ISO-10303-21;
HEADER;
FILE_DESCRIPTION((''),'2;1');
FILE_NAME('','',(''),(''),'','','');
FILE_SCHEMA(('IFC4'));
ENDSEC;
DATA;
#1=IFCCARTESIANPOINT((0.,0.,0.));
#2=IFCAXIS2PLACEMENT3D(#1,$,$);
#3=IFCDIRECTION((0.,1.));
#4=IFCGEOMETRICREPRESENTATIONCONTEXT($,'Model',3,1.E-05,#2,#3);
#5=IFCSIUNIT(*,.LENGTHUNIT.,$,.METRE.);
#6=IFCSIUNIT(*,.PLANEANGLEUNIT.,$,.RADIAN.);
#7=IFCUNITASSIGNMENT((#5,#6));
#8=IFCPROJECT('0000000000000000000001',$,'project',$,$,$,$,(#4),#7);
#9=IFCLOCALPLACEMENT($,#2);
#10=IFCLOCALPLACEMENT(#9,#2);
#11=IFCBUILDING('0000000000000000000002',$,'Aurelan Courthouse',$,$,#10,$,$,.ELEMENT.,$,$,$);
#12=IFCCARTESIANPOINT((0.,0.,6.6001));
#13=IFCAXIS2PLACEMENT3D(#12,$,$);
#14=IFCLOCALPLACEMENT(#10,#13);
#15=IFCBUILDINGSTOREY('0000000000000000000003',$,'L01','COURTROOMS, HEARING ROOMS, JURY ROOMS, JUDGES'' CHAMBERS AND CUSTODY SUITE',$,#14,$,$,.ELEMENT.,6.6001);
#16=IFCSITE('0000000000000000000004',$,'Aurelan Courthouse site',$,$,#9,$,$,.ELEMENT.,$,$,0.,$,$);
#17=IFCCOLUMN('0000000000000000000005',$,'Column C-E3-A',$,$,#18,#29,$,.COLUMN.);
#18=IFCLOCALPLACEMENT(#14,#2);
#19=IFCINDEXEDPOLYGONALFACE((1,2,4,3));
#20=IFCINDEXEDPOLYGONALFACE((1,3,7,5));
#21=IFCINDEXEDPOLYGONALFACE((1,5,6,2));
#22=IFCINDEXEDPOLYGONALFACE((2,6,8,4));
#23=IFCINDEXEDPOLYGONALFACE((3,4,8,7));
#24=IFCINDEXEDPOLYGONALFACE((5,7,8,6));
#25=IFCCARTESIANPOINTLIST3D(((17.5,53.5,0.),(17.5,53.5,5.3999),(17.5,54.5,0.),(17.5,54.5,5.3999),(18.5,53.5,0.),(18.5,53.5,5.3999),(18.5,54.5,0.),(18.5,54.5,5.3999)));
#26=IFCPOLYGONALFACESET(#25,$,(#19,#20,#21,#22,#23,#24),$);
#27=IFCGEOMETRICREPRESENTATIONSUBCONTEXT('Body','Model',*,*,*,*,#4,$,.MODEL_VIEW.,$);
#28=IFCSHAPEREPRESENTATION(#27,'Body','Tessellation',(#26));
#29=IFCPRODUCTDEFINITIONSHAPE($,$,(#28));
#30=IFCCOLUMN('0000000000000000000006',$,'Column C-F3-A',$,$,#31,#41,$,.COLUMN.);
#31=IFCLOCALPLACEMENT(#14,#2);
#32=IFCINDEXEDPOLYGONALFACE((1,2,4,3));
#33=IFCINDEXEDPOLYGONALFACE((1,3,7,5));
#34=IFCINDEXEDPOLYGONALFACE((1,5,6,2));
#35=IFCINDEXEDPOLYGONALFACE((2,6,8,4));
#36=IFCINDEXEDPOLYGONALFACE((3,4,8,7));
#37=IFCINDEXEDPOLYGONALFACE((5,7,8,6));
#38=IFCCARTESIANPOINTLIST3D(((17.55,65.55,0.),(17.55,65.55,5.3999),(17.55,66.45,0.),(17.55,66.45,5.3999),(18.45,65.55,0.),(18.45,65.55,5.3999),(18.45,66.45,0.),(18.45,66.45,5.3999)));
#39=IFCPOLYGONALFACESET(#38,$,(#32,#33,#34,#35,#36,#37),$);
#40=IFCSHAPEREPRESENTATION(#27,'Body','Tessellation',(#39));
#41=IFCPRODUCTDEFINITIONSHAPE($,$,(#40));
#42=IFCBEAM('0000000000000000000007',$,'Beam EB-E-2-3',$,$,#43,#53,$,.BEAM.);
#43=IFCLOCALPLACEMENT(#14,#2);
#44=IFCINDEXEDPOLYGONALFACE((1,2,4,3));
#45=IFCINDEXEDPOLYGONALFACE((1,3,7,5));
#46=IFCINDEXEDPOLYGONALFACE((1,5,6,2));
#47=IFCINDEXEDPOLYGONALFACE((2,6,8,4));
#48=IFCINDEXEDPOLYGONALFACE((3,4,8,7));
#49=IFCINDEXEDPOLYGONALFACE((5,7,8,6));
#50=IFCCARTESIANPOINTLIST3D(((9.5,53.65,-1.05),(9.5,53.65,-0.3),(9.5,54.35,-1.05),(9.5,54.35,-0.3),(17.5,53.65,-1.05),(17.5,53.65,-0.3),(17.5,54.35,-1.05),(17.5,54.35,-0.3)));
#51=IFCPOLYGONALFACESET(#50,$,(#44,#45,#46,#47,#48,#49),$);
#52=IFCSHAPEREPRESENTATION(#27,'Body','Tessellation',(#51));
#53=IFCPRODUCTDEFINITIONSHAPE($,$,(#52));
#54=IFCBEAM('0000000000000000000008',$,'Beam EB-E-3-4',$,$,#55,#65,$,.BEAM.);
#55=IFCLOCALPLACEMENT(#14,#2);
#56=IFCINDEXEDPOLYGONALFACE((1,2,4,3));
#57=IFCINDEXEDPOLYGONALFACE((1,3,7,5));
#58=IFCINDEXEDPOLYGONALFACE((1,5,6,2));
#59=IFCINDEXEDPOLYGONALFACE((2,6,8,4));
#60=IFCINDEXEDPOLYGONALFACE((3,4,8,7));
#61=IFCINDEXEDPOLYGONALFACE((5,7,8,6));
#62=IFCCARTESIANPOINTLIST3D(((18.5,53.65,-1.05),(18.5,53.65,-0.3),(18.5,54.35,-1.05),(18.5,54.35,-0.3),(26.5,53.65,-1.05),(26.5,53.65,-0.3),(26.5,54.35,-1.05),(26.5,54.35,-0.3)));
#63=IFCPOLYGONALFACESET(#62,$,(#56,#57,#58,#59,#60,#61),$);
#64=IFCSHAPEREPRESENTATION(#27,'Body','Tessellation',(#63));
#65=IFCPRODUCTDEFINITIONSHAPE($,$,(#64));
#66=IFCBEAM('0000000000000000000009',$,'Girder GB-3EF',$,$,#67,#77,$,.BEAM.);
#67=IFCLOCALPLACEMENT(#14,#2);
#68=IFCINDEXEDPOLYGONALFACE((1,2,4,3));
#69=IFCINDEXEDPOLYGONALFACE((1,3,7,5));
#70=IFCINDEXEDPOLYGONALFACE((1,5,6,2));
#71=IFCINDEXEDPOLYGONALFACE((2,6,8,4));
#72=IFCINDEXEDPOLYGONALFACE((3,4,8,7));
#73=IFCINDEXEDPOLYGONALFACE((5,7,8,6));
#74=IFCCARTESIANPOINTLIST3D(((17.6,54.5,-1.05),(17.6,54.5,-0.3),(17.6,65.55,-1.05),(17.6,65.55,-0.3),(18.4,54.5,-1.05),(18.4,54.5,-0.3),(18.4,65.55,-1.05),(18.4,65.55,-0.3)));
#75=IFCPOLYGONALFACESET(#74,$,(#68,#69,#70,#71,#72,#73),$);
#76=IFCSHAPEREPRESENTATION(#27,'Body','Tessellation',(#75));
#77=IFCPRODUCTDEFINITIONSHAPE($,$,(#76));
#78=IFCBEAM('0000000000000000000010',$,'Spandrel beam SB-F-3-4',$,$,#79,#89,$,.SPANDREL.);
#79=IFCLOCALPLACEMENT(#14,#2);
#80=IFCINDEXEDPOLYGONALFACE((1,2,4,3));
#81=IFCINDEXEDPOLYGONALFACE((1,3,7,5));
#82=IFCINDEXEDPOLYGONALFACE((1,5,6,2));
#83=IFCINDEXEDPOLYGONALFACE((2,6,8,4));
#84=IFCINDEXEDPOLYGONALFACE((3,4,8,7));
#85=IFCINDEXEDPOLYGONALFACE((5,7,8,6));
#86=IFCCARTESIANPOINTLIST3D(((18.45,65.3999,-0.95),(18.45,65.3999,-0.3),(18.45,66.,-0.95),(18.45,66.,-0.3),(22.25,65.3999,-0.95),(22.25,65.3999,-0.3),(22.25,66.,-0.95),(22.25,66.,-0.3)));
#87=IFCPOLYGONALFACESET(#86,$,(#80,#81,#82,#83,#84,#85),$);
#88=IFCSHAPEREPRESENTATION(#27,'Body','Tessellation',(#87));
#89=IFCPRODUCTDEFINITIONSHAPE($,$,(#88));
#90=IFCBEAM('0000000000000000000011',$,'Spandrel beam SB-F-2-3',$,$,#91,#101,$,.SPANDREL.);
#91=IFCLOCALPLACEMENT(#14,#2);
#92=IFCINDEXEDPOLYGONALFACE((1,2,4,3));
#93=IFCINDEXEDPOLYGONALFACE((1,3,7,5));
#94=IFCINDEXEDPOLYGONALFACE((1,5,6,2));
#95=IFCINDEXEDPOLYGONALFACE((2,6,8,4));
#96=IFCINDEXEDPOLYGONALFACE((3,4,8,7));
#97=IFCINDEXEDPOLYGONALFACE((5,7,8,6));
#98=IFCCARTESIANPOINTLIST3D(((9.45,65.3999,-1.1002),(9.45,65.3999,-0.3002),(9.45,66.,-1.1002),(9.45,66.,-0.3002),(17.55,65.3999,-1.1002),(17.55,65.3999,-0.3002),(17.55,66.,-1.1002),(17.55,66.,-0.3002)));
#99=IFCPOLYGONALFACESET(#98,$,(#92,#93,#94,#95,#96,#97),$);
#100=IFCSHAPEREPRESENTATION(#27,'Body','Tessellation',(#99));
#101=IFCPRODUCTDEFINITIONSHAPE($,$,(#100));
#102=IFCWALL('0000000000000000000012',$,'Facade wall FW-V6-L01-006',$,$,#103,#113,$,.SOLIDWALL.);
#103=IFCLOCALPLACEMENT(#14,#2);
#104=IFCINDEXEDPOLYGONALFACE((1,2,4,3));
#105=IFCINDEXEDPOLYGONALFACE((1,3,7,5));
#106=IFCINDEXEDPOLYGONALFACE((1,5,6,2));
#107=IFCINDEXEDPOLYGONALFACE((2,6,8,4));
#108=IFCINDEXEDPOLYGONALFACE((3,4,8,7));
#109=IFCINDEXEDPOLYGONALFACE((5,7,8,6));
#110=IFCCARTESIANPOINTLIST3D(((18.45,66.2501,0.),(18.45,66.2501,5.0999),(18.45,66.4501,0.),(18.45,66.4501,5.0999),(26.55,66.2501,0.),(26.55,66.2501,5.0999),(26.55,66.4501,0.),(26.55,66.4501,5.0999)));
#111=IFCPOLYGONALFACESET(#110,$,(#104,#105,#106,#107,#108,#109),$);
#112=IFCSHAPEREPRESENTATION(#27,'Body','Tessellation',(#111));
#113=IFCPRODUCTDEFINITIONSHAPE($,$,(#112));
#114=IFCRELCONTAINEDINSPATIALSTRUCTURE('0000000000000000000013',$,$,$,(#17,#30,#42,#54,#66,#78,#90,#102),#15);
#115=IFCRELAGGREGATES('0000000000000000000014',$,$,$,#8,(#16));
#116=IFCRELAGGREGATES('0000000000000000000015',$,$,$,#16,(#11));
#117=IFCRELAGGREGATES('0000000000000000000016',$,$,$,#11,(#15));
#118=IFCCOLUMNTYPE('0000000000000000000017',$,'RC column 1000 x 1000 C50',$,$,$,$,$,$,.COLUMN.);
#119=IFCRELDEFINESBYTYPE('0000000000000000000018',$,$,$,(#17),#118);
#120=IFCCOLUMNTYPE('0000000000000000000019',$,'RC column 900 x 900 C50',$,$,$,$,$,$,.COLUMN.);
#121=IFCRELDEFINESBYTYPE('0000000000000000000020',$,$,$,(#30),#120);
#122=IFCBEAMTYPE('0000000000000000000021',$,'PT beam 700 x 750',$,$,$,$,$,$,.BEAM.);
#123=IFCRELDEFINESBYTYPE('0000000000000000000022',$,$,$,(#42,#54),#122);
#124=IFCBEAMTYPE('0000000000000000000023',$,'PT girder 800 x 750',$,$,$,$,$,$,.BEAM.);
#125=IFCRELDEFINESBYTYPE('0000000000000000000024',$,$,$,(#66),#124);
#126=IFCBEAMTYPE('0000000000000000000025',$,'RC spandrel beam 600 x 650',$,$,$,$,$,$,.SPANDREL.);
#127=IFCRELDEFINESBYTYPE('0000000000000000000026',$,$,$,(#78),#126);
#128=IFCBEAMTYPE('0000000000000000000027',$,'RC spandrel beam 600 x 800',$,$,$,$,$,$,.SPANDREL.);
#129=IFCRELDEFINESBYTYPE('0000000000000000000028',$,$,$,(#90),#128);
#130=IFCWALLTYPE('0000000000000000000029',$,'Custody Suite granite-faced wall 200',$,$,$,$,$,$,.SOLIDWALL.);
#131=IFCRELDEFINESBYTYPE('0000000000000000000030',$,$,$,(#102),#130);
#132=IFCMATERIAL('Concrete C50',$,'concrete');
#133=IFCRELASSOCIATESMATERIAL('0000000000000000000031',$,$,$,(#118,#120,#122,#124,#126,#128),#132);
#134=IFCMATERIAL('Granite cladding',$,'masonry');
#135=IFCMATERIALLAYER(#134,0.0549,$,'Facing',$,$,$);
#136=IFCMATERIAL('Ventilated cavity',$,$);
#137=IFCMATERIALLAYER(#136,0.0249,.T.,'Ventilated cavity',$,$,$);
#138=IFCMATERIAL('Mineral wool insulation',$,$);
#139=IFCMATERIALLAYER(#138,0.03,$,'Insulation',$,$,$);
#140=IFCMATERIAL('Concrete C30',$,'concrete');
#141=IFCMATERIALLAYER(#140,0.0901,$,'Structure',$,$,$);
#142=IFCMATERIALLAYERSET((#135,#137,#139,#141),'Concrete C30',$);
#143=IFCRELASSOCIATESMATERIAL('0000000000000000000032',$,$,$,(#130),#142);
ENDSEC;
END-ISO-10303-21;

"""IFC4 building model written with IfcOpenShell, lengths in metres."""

from ifc_helpers import new_model, si_unit, direction, frame, frame_2d, origin, origin_2d, place, context, subcontext, project, spatial, rectangle, extrude, material, layer, layer_set, material_profile, profile_set, type_object, element, save


model = new_model("IFC4")

# Units and contexts
model_context = context("Model", 3, precision=1e-05, world=origin(), true_north=direction((0.0, 1.0)))
body_context = subcontext(model_context, "Body", "Model", "MODEL_VIEW")
ifc_project = project(units=[si_unit("LENGTHUNIT", "METRE"), si_unit("PLANEANGLEUNIT", "RADIAN")], contexts=[model_context])

# Site, building, storey
site_placement = place(None, origin())
site = spatial("IfcSite", under=ifc_project, at=site_placement, Name="Aurelan Courthouse site", CompositionType="ELEMENT", RefElevation=0.0)
building_placement = place(site_placement, origin())
building = spatial("IfcBuilding", under=site, at=building_placement, Name="Aurelan Courthouse", CompositionType="ELEMENT")
storey_placement = place(building_placement, frame((0.0, 0.0, 6.6001)))
storey = spatial("IfcBuildingStorey", under=building, at=storey_placement, Name="L01", Description="COURTROOMS, HEARING ROOMS, JURY ROOMS, JUDGES' CHAMBERS AND CUSTODY SUITE", CompositionType="ELEMENT", Elevation=6.6001)

# Columns
ifc_material_1 = material(Name="Concrete C50", Category="concrete")
ifc_material_profile_1 = material_profile(ifc_material_1, rectangle(XDim=1.0, YDim=1.0, at=origin_2d()), Name="RC 1000 x 1000")
ifc_profile_set_1 = profile_set([ifc_material_profile_1], Name="Concrete C50")
column_type_1 = type_object("IfcColumnType", Name="RC column 1000 x 1000 C50", PredefinedType="COLUMN", material=ifc_profile_set_1)
column_1_placement = place(storey_placement, frame((18.0, 54.0, 0.0), z_axis=(0.0, 0.0, 1.0), x_axis=(1.0, 0.0, 0.0)))
element("IfcColumn", 1, at=column_1_placement, inside=storey, type_object=column_type_1, Name="Column C-E3-A", PredefinedType="COLUMN", context=body_context, shape_type="SweptSolid", body=[
    extrude(rectangle(XDim=1.0, YDim=1.0, at=origin_2d()), origin(), (0.0, 0.0, 1.0), 5.3999),
])
ifc_material_profile_2 = material_profile(ifc_material_1, rectangle(XDim=0.8999, YDim=0.8999, at=origin_2d()), Name="RC 900 x 900")
ifc_profile_set_2 = profile_set([ifc_material_profile_2], Name="Concrete C50")
column_type_2 = type_object("IfcColumnType", Name="RC column 900 x 900 C50", PredefinedType="COLUMN", material=ifc_profile_set_2)
column_2_placement = place(storey_placement, frame((18.0, 66.0, 0.0), z_axis=(0.0, 0.0, 1.0), x_axis=(1.0, 0.0, 0.0)))
element("IfcColumn", 2, at=column_2_placement, inside=storey, type_object=column_type_2, Name="Column C-F3-A", PredefinedType="COLUMN", context=body_context, shape_type="SweptSolid", body=[
    extrude(rectangle(XDim=0.8999, YDim=0.8999, at=origin_2d()), origin(), (0.0, 0.0, 1.0), 5.3999),
])

# Beams
ifc_material_profile_3 = material_profile(ifc_material_1, rectangle(XDim=0.7, YDim=0.75, at=origin_2d()), Name="RC 700 x 750")
ifc_profile_set_3 = profile_set([ifc_material_profile_3], Name="Concrete C50")
beam_type_1 = type_object("IfcBeamType", Name="PT beam 700 x 750", PredefinedType="BEAM", material=ifc_profile_set_3)
for number, where, z_axis, x_axis, name in (
    (3, (9.5, 54.0, -0.675), (1.0, 0.0, 0.0), (0.0, 1.0, 0.0), "Beam EB-E-2-3"),
    (4, (18.5, 54.0, -0.675), (1.0, 0.0, 0.0), (0.0, 1.0, 0.0), "Beam EB-E-3-4"),
):
    element("IfcBeam", number, at=place(storey_placement, frame(where, z_axis=z_axis, x_axis=x_axis)), inside=storey, type_object=beam_type_1, Name=name, PredefinedType="BEAM", context=body_context, shape_type="SweptSolid", body=[
        extrude(rectangle(XDim=0.7, YDim=0.75, at=origin_2d()), origin(), (0.0, 0.0, 1.0), 8.0),
    ])
ifc_material_profile_4 = material_profile(ifc_material_1, rectangle(XDim=0.8, YDim=0.75, at=origin_2d()), Name="RC 800 x 750")
ifc_profile_set_4 = profile_set([ifc_material_profile_4], Name="Concrete C50")
beam_type_2 = type_object("IfcBeamType", Name="PT girder 800 x 750", PredefinedType="BEAM", material=ifc_profile_set_4)
beam_1_placement = place(storey_placement, frame((18.0, 54.5, -0.675), z_axis=(0.0, 1.0, 0.0), x_axis=(-1.0, 0.0, 0.0)))
element("IfcBeam", 5, at=beam_1_placement, inside=storey, type_object=beam_type_2, Name="Girder GB-3EF", PredefinedType="BEAM", context=body_context, shape_type="SweptSolid", body=[
    extrude(rectangle(XDim=0.8, YDim=0.75, at=origin_2d()), origin(), (0.0, 0.0, 1.0), 11.05),
])
ifc_material_profile_5 = material_profile(ifc_material_1, rectangle(XDim=0.6001, YDim=0.6499, at=origin_2d()), Name="RC 600 x 650")
ifc_profile_set_5 = profile_set([ifc_material_profile_5], Name="Concrete C50")
beam_type_3 = type_object("IfcBeamType", Name="RC spandrel beam 600 x 650", PredefinedType="SPANDREL", material=ifc_profile_set_5)
beam_2_placement = place(storey_placement, frame((18.45, 65.7, -0.625), z_axis=(1.0, 0.0, 0.0), x_axis=(0.0, 1.0, 0.0)))
element("IfcBeam", 6, at=beam_2_placement, inside=storey, type_object=beam_type_3, Name="Spandrel beam SB-F-3-4", PredefinedType="SPANDREL", context=body_context, shape_type="SweptSolid", body=[
    extrude(rectangle(XDim=0.6001, YDim=0.6499, at=origin_2d()), origin(), (0.0, 0.0, 1.0), 3.8),
])
ifc_material_profile_6 = material_profile(ifc_material_1, rectangle(XDim=0.6001, YDim=0.8, at=origin_2d()), Name="RC 600 x 800")
ifc_profile_set_6 = profile_set([ifc_material_profile_6], Name="Concrete C50")
beam_type_4 = type_object("IfcBeamType", Name="RC spandrel beam 600 x 800", PredefinedType="SPANDREL", material=ifc_profile_set_6)
beam_3_placement = place(storey_placement, frame((9.45, 65.7, -0.7002), z_axis=(1.0, 0.0, 0.0), x_axis=(0.0, 1.0, 0.0)))
element("IfcBeam", 7, at=beam_3_placement, inside=storey, type_object=beam_type_4, Name="Spandrel beam SB-F-2-3", PredefinedType="SPANDREL", context=body_context, shape_type="SweptSolid", body=[
    extrude(rectangle(XDim=0.6001, YDim=0.8, at=origin_2d()), origin(), (0.0, 0.0, 1.0), 8.1001),
])

# Wall
ifc_material_2 = material(Name="Granite cladding", Category="masonry")
ifc_layer_1 = layer(ifc_material_2, 0.0549, Name="Facing")
ifc_material_3 = material(Name="Ventilated cavity")
ifc_layer_2 = layer(ifc_material_3, 0.0249, ventilated=True, Name="Ventilated cavity")
ifc_material_4 = material(Name="Mineral wool insulation")
ifc_layer_3 = layer(ifc_material_4, 0.03, Name="Insulation")
ifc_material_5 = material(Name="Concrete C30", Category="concrete")
ifc_layer_4 = layer(ifc_material_5, 0.0901, Name="Structure")
ifc_layer_set_1 = layer_set([ifc_layer_1, ifc_layer_2, ifc_layer_3, ifc_layer_4], Name="Concrete C30")
wall_type_1 = type_object("IfcWallType", Name="Custody Suite granite-faced wall 200", PredefinedType="SOLIDWALL", material=ifc_layer_set_1)
wall_1_placement = place(storey_placement, frame((18.45, 66.3501, 0.0), z_axis=(0.0, 0.0, 1.0), x_axis=(1.0, 0.0, 0.0)))
element("IfcWall", 8, at=wall_1_placement, inside=storey, type_object=wall_type_1, Name="Facade wall FW-V6-L01-006", PredefinedType="SOLIDWALL", context=body_context, shape_type="SweptSolid", body=[
    extrude(rectangle(XDim=8.1001, YDim=0.2, at=frame_2d((4.05, 0.0))), origin(), (0.0, 0.0, 1.0), 5.0999),
])

save(model, "model.ifc")
